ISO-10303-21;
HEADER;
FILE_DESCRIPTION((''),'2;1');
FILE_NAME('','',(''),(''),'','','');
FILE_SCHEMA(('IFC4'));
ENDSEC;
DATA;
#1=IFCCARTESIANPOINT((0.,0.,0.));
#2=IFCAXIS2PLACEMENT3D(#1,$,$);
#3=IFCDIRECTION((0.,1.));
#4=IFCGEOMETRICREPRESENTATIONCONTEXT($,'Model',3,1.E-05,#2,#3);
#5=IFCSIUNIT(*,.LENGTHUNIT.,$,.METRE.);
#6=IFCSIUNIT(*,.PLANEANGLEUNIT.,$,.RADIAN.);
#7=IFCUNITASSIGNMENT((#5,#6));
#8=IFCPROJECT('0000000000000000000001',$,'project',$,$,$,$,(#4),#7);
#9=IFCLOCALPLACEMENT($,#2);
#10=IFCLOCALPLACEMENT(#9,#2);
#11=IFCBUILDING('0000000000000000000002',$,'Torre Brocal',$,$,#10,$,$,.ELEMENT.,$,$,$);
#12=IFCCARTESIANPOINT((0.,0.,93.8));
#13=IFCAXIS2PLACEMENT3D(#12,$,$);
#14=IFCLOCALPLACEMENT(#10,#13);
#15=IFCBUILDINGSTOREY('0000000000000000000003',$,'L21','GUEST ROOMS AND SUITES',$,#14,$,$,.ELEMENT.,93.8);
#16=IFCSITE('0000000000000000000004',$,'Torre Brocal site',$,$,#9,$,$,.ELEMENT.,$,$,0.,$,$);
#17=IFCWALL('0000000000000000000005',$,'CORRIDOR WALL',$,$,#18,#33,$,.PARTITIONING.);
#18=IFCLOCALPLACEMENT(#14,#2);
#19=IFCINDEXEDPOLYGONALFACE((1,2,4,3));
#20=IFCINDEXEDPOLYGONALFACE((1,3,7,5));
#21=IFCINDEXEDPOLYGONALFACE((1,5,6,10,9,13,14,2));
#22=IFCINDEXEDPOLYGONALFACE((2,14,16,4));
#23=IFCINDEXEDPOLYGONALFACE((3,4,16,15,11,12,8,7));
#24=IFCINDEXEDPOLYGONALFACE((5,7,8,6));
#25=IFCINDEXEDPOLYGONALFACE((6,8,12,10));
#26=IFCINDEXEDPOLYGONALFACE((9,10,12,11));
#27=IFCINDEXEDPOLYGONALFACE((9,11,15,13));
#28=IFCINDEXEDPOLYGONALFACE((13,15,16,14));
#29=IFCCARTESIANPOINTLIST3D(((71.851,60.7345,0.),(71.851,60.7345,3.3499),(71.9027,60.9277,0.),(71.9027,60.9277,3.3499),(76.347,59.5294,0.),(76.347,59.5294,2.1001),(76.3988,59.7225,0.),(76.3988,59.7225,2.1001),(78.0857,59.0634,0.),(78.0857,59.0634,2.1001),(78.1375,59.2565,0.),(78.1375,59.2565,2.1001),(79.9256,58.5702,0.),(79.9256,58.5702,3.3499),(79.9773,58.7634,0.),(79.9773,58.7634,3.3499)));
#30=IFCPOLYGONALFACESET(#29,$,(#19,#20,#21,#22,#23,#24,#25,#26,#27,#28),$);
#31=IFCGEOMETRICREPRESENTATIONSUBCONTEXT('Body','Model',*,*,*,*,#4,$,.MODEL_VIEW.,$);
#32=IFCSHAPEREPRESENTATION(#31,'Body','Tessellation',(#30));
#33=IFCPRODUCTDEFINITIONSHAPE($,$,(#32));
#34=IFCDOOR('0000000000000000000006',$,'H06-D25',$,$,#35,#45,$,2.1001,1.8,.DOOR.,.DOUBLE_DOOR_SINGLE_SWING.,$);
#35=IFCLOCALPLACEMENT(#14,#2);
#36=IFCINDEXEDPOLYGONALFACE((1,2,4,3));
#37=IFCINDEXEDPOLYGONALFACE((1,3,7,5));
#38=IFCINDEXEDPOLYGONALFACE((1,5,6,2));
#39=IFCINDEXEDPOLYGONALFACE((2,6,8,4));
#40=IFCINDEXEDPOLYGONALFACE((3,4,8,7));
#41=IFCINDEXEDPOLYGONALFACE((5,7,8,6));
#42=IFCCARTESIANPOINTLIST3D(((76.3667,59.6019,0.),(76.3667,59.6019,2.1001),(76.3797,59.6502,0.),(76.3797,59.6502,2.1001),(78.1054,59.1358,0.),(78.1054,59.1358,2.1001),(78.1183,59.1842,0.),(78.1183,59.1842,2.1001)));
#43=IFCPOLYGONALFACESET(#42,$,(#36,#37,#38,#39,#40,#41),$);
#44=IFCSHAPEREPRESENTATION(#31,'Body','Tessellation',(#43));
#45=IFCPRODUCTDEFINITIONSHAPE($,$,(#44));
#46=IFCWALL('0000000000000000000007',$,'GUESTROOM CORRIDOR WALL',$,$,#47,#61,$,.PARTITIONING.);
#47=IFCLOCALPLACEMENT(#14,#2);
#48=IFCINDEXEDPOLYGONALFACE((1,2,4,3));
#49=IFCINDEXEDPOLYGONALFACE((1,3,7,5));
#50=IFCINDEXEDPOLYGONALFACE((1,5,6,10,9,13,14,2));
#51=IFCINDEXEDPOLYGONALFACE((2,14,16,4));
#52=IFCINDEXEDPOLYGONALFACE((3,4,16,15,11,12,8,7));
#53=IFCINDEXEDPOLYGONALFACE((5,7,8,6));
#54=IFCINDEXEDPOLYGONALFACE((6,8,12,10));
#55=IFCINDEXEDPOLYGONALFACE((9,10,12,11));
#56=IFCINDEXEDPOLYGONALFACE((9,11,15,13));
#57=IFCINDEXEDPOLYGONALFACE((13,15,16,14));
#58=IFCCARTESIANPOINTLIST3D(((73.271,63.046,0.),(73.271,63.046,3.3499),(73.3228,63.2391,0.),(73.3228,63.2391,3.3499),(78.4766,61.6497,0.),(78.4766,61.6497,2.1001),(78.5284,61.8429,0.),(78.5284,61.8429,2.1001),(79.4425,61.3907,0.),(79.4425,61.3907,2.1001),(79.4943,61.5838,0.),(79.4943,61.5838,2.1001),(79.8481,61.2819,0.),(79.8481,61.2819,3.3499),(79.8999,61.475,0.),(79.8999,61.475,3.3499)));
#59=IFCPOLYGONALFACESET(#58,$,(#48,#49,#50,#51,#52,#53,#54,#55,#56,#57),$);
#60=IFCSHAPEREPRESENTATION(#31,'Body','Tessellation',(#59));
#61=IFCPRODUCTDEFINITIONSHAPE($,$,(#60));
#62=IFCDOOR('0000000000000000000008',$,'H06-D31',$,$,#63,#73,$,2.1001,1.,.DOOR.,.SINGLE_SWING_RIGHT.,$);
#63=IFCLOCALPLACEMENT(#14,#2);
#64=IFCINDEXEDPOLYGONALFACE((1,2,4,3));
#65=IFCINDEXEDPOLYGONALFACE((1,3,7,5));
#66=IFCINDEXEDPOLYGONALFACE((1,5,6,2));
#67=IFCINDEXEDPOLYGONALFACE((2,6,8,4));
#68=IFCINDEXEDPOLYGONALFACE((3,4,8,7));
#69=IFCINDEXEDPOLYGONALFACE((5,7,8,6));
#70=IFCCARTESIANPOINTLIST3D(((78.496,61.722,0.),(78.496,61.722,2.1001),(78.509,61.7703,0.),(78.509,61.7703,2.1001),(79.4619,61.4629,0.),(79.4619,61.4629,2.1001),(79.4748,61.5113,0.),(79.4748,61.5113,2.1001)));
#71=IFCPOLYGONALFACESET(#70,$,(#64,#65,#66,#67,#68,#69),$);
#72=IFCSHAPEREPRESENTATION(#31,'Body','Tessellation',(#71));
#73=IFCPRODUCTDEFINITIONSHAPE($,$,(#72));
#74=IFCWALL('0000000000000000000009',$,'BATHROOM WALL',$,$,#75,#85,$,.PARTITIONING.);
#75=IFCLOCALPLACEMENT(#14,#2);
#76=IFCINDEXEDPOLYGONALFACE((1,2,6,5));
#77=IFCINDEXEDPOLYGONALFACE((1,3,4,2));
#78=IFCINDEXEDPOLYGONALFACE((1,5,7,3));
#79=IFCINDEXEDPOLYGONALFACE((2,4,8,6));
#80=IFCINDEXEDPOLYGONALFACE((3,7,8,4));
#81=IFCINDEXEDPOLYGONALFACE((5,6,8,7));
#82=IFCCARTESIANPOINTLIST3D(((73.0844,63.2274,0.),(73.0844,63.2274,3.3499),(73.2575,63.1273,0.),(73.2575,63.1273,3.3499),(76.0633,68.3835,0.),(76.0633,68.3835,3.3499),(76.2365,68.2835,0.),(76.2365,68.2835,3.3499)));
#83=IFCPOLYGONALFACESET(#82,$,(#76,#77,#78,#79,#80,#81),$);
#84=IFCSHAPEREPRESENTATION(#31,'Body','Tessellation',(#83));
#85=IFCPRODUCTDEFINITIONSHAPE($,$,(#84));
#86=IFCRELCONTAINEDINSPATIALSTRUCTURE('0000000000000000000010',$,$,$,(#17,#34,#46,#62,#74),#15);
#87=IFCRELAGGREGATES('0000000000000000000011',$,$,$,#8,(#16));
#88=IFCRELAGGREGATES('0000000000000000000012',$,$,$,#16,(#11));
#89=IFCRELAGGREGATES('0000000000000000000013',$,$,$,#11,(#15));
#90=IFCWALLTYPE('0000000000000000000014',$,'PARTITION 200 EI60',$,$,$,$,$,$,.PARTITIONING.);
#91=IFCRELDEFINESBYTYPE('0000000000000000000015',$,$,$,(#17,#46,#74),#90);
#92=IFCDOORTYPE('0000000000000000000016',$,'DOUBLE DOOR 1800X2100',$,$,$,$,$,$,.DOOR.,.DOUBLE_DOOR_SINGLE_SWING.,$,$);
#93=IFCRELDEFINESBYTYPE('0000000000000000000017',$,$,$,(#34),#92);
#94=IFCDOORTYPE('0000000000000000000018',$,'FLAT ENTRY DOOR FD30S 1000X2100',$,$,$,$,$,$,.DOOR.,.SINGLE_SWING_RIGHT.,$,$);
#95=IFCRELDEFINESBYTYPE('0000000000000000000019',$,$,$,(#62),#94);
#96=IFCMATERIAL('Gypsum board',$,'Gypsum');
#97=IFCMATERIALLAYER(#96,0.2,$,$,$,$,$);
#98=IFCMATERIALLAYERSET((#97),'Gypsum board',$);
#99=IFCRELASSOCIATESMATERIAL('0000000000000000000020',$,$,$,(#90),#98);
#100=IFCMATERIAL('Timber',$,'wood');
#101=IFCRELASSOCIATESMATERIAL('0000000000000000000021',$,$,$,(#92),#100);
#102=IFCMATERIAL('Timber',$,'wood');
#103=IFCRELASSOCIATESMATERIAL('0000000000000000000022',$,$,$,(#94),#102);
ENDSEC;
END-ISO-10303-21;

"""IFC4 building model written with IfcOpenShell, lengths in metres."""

from ifc_helpers import new_model, si_unit, direction, frame, frame_2d, origin, place, context, subcontext, project, spatial, rectangle, extrude, material, layer, layer_set, type_object, element, fill, save


model = new_model("IFC4")

# Units and contexts
model_context = context("Model", 3, precision=1e-05, world=origin(), true_north=direction((0.0, 1.0)))
body_context = subcontext(model_context, "Body", "Model", "MODEL_VIEW")
ifc_project = project(units=[si_unit("LENGTHUNIT", "METRE"), si_unit("PLANEANGLEUNIT", "RADIAN")], contexts=[model_context])

# Site, building, storey
site_placement = place(None, origin())
site = spatial("IfcSite", under=ifc_project, at=site_placement, Name="Torre Brocal site", CompositionType="ELEMENT", RefElevation=0.0)
building_placement = place(site_placement, origin())
building = spatial("IfcBuilding", under=site, at=building_placement, Name="Torre Brocal", CompositionType="ELEMENT")
storey_placement = place(building_placement, frame((0.0, 0.0, 93.8)))
storey = spatial("IfcBuildingStorey", under=building, at=storey_placement, Name="L21", Description="GUEST ROOMS AND SUITES", CompositionType="ELEMENT", Elevation=93.8)

# Walls, openings, doors
ifc_material_1 = material(Name="Gypsum board", Category="Gypsum")
ifc_layer_1 = layer(ifc_material_1, 0.2)
ifc_layer_set_1 = layer_set([ifc_layer_1], Name="Gypsum board")
wall_type_1 = type_object("IfcWallType", Name="PARTITION 200 EI60", PredefinedType="PARTITIONING", material=ifc_layer_set_1)
wall_1_placement = place(storey_placement, frame((71.877, 60.8311, 0.0), z_axis=(0.0, 0.0, 1.0), x_axis=(0.965905, -0.258897, 0.0)))
wall_1 = element("IfcWall", 1, at=wall_1_placement, inside=storey, type_object=wall_type_1, Name="CORRIDOR WALL", PredefinedType="PARTITIONING", context=body_context, shape_type="SweptSolid", body=[
    extrude(rectangle(XDim=8.3596, YDim=0.2, at=frame_2d((4.1797, 0.0))), origin(), (0.0, 0.0, 1.0), 3.3499),
])
opening_1_placement = place(wall_1_placement, frame((4.6548, 0.0, 0.0)))
opening_1 = element("IfcOpeningElement", 2, at=opening_1_placement, cuts=wall_1, PredefinedType="OPENING", context=body_context, shape_type="SweptSolid", body=[
    extrude(rectangle(XDim=1.8, YDim=2.1001, at=frame_2d((0.8999, 1.05))), frame((0.0, 0.1099, 0.0), z_axis=(0.0, -1.0, 0.0), x_axis=(1.0, 0.0, 0.0)), (0.0, 0.0, 1.0), 0.22),
])
ifc_material_2 = material(Name="Timber", Category="wood")
door_type_1 = type_object("IfcDoorType", Name="DOUBLE DOOR 1800X2100", OperationType="DOUBLE_DOOR_SINGLE_SWING", PredefinedType="DOOR", material=ifc_material_2)
door_1_placement = place(opening_1_placement, frame((1.8, 0.0, 0.0), z_axis=(0.0, 0.0, 1.0), x_axis=(-1.0, 0.0, 0.0)))
door_1 = element("IfcDoor", 3, at=door_1_placement, inside=storey, type_object=door_type_1, Name="H06-D25", OperationType="DOUBLE_DOOR_SINGLE_SWING", OverallHeight=2.1001, OverallWidth=1.8, PredefinedType="DOOR", context=body_context, shape_type="SweptSolid", body=[
    extrude(rectangle(XDim=1.8, YDim=2.1001, at=frame_2d((0.8999, 1.05))), frame((0.0, 0.0249, 0.0), z_axis=(0.0, -1.0, 0.0), x_axis=(1.0, 0.0, 0.0)), (0.0, 0.0, 1.0), 0.05),
])
fill(opening_1, door_1)
wall_2_placement = place(storey_placement, frame((73.2969, 63.1426, 0.0), z_axis=(0.0, 0.0, 1.0), x_axis=(0.965859, -0.259068, 0.0)))
wall_2 = element("IfcWall", 4, at=wall_2_placement, inside=storey, type_object=wall_type_1, Name="GUESTROOM CORRIDOR WALL", PredefinedType="PARTITIONING", context=body_context, shape_type="SweptSolid", body=[
    extrude(rectangle(XDim=6.8096, YDim=0.2, at=frame_2d((3.4048, 0.0))), origin(), (0.0, 0.0, 1.0), 3.3499),
])
opening_2_placement = place(wall_2_placement, frame((5.3896, 0.0, 0.0)))
opening_2 = element("IfcOpeningElement", 5, at=opening_2_placement, cuts=wall_2, PredefinedType="OPENING", context=body_context, shape_type="SweptSolid", body=[
    extrude(rectangle(XDim=1.0, YDim=2.1001, at=frame_2d((0.5, 1.05))), frame((0.0, 0.1099, 0.0), z_axis=(0.0, -1.0, 0.0), x_axis=(1.0, 0.0, 0.0)), (0.0, 0.0, 1.0), 0.22),
])
ifc_material_3 = material(Name="Timber", Category="wood")
door_type_2 = type_object("IfcDoorType", Name="FLAT ENTRY DOOR FD30S 1000X2100", OperationType="SINGLE_SWING_RIGHT", PredefinedType="DOOR", material=ifc_material_3)
door_2_placement = place(opening_2_placement, origin())
door_2 = element("IfcDoor", 6, at=door_2_placement, inside=storey, type_object=door_type_2, Name="H06-D31", OperationType="SINGLE_SWING_RIGHT", OverallHeight=2.1001, OverallWidth=1.0, PredefinedType="DOOR", context=body_context, shape_type="SweptSolid", body=[
    extrude(rectangle(XDim=1.0, YDim=2.1001, at=frame_2d((0.5, 1.05))), frame((0.0, 0.0249, 0.0), z_axis=(0.0, -1.0, 0.0), x_axis=(1.0, 0.0, 0.0)), (0.0, 0.0, 1.0), 0.05),
])
fill(opening_2, door_2)

# Wall
wall_3_placement = place(storey_placement, frame((73.1709, 63.1772, 0.0), z_axis=(0.0, 0.0, 1.0), x_axis=(0.500257, 0.865877, 0.0)))
element("IfcWall", 7, at=wall_3_placement, inside=storey, type_object=wall_type_1, Name="BATHROOM WALL", PredefinedType="PARTITIONING", context=body_context, shape_type="SweptSolid", body=[
    extrude(rectangle(XDim=5.9548, YDim=0.2, at=frame_2d((2.9775, 0.0))), origin(), (0.0, 0.0, 1.0), 3.3499),
])

save(model, "model.ifc")
